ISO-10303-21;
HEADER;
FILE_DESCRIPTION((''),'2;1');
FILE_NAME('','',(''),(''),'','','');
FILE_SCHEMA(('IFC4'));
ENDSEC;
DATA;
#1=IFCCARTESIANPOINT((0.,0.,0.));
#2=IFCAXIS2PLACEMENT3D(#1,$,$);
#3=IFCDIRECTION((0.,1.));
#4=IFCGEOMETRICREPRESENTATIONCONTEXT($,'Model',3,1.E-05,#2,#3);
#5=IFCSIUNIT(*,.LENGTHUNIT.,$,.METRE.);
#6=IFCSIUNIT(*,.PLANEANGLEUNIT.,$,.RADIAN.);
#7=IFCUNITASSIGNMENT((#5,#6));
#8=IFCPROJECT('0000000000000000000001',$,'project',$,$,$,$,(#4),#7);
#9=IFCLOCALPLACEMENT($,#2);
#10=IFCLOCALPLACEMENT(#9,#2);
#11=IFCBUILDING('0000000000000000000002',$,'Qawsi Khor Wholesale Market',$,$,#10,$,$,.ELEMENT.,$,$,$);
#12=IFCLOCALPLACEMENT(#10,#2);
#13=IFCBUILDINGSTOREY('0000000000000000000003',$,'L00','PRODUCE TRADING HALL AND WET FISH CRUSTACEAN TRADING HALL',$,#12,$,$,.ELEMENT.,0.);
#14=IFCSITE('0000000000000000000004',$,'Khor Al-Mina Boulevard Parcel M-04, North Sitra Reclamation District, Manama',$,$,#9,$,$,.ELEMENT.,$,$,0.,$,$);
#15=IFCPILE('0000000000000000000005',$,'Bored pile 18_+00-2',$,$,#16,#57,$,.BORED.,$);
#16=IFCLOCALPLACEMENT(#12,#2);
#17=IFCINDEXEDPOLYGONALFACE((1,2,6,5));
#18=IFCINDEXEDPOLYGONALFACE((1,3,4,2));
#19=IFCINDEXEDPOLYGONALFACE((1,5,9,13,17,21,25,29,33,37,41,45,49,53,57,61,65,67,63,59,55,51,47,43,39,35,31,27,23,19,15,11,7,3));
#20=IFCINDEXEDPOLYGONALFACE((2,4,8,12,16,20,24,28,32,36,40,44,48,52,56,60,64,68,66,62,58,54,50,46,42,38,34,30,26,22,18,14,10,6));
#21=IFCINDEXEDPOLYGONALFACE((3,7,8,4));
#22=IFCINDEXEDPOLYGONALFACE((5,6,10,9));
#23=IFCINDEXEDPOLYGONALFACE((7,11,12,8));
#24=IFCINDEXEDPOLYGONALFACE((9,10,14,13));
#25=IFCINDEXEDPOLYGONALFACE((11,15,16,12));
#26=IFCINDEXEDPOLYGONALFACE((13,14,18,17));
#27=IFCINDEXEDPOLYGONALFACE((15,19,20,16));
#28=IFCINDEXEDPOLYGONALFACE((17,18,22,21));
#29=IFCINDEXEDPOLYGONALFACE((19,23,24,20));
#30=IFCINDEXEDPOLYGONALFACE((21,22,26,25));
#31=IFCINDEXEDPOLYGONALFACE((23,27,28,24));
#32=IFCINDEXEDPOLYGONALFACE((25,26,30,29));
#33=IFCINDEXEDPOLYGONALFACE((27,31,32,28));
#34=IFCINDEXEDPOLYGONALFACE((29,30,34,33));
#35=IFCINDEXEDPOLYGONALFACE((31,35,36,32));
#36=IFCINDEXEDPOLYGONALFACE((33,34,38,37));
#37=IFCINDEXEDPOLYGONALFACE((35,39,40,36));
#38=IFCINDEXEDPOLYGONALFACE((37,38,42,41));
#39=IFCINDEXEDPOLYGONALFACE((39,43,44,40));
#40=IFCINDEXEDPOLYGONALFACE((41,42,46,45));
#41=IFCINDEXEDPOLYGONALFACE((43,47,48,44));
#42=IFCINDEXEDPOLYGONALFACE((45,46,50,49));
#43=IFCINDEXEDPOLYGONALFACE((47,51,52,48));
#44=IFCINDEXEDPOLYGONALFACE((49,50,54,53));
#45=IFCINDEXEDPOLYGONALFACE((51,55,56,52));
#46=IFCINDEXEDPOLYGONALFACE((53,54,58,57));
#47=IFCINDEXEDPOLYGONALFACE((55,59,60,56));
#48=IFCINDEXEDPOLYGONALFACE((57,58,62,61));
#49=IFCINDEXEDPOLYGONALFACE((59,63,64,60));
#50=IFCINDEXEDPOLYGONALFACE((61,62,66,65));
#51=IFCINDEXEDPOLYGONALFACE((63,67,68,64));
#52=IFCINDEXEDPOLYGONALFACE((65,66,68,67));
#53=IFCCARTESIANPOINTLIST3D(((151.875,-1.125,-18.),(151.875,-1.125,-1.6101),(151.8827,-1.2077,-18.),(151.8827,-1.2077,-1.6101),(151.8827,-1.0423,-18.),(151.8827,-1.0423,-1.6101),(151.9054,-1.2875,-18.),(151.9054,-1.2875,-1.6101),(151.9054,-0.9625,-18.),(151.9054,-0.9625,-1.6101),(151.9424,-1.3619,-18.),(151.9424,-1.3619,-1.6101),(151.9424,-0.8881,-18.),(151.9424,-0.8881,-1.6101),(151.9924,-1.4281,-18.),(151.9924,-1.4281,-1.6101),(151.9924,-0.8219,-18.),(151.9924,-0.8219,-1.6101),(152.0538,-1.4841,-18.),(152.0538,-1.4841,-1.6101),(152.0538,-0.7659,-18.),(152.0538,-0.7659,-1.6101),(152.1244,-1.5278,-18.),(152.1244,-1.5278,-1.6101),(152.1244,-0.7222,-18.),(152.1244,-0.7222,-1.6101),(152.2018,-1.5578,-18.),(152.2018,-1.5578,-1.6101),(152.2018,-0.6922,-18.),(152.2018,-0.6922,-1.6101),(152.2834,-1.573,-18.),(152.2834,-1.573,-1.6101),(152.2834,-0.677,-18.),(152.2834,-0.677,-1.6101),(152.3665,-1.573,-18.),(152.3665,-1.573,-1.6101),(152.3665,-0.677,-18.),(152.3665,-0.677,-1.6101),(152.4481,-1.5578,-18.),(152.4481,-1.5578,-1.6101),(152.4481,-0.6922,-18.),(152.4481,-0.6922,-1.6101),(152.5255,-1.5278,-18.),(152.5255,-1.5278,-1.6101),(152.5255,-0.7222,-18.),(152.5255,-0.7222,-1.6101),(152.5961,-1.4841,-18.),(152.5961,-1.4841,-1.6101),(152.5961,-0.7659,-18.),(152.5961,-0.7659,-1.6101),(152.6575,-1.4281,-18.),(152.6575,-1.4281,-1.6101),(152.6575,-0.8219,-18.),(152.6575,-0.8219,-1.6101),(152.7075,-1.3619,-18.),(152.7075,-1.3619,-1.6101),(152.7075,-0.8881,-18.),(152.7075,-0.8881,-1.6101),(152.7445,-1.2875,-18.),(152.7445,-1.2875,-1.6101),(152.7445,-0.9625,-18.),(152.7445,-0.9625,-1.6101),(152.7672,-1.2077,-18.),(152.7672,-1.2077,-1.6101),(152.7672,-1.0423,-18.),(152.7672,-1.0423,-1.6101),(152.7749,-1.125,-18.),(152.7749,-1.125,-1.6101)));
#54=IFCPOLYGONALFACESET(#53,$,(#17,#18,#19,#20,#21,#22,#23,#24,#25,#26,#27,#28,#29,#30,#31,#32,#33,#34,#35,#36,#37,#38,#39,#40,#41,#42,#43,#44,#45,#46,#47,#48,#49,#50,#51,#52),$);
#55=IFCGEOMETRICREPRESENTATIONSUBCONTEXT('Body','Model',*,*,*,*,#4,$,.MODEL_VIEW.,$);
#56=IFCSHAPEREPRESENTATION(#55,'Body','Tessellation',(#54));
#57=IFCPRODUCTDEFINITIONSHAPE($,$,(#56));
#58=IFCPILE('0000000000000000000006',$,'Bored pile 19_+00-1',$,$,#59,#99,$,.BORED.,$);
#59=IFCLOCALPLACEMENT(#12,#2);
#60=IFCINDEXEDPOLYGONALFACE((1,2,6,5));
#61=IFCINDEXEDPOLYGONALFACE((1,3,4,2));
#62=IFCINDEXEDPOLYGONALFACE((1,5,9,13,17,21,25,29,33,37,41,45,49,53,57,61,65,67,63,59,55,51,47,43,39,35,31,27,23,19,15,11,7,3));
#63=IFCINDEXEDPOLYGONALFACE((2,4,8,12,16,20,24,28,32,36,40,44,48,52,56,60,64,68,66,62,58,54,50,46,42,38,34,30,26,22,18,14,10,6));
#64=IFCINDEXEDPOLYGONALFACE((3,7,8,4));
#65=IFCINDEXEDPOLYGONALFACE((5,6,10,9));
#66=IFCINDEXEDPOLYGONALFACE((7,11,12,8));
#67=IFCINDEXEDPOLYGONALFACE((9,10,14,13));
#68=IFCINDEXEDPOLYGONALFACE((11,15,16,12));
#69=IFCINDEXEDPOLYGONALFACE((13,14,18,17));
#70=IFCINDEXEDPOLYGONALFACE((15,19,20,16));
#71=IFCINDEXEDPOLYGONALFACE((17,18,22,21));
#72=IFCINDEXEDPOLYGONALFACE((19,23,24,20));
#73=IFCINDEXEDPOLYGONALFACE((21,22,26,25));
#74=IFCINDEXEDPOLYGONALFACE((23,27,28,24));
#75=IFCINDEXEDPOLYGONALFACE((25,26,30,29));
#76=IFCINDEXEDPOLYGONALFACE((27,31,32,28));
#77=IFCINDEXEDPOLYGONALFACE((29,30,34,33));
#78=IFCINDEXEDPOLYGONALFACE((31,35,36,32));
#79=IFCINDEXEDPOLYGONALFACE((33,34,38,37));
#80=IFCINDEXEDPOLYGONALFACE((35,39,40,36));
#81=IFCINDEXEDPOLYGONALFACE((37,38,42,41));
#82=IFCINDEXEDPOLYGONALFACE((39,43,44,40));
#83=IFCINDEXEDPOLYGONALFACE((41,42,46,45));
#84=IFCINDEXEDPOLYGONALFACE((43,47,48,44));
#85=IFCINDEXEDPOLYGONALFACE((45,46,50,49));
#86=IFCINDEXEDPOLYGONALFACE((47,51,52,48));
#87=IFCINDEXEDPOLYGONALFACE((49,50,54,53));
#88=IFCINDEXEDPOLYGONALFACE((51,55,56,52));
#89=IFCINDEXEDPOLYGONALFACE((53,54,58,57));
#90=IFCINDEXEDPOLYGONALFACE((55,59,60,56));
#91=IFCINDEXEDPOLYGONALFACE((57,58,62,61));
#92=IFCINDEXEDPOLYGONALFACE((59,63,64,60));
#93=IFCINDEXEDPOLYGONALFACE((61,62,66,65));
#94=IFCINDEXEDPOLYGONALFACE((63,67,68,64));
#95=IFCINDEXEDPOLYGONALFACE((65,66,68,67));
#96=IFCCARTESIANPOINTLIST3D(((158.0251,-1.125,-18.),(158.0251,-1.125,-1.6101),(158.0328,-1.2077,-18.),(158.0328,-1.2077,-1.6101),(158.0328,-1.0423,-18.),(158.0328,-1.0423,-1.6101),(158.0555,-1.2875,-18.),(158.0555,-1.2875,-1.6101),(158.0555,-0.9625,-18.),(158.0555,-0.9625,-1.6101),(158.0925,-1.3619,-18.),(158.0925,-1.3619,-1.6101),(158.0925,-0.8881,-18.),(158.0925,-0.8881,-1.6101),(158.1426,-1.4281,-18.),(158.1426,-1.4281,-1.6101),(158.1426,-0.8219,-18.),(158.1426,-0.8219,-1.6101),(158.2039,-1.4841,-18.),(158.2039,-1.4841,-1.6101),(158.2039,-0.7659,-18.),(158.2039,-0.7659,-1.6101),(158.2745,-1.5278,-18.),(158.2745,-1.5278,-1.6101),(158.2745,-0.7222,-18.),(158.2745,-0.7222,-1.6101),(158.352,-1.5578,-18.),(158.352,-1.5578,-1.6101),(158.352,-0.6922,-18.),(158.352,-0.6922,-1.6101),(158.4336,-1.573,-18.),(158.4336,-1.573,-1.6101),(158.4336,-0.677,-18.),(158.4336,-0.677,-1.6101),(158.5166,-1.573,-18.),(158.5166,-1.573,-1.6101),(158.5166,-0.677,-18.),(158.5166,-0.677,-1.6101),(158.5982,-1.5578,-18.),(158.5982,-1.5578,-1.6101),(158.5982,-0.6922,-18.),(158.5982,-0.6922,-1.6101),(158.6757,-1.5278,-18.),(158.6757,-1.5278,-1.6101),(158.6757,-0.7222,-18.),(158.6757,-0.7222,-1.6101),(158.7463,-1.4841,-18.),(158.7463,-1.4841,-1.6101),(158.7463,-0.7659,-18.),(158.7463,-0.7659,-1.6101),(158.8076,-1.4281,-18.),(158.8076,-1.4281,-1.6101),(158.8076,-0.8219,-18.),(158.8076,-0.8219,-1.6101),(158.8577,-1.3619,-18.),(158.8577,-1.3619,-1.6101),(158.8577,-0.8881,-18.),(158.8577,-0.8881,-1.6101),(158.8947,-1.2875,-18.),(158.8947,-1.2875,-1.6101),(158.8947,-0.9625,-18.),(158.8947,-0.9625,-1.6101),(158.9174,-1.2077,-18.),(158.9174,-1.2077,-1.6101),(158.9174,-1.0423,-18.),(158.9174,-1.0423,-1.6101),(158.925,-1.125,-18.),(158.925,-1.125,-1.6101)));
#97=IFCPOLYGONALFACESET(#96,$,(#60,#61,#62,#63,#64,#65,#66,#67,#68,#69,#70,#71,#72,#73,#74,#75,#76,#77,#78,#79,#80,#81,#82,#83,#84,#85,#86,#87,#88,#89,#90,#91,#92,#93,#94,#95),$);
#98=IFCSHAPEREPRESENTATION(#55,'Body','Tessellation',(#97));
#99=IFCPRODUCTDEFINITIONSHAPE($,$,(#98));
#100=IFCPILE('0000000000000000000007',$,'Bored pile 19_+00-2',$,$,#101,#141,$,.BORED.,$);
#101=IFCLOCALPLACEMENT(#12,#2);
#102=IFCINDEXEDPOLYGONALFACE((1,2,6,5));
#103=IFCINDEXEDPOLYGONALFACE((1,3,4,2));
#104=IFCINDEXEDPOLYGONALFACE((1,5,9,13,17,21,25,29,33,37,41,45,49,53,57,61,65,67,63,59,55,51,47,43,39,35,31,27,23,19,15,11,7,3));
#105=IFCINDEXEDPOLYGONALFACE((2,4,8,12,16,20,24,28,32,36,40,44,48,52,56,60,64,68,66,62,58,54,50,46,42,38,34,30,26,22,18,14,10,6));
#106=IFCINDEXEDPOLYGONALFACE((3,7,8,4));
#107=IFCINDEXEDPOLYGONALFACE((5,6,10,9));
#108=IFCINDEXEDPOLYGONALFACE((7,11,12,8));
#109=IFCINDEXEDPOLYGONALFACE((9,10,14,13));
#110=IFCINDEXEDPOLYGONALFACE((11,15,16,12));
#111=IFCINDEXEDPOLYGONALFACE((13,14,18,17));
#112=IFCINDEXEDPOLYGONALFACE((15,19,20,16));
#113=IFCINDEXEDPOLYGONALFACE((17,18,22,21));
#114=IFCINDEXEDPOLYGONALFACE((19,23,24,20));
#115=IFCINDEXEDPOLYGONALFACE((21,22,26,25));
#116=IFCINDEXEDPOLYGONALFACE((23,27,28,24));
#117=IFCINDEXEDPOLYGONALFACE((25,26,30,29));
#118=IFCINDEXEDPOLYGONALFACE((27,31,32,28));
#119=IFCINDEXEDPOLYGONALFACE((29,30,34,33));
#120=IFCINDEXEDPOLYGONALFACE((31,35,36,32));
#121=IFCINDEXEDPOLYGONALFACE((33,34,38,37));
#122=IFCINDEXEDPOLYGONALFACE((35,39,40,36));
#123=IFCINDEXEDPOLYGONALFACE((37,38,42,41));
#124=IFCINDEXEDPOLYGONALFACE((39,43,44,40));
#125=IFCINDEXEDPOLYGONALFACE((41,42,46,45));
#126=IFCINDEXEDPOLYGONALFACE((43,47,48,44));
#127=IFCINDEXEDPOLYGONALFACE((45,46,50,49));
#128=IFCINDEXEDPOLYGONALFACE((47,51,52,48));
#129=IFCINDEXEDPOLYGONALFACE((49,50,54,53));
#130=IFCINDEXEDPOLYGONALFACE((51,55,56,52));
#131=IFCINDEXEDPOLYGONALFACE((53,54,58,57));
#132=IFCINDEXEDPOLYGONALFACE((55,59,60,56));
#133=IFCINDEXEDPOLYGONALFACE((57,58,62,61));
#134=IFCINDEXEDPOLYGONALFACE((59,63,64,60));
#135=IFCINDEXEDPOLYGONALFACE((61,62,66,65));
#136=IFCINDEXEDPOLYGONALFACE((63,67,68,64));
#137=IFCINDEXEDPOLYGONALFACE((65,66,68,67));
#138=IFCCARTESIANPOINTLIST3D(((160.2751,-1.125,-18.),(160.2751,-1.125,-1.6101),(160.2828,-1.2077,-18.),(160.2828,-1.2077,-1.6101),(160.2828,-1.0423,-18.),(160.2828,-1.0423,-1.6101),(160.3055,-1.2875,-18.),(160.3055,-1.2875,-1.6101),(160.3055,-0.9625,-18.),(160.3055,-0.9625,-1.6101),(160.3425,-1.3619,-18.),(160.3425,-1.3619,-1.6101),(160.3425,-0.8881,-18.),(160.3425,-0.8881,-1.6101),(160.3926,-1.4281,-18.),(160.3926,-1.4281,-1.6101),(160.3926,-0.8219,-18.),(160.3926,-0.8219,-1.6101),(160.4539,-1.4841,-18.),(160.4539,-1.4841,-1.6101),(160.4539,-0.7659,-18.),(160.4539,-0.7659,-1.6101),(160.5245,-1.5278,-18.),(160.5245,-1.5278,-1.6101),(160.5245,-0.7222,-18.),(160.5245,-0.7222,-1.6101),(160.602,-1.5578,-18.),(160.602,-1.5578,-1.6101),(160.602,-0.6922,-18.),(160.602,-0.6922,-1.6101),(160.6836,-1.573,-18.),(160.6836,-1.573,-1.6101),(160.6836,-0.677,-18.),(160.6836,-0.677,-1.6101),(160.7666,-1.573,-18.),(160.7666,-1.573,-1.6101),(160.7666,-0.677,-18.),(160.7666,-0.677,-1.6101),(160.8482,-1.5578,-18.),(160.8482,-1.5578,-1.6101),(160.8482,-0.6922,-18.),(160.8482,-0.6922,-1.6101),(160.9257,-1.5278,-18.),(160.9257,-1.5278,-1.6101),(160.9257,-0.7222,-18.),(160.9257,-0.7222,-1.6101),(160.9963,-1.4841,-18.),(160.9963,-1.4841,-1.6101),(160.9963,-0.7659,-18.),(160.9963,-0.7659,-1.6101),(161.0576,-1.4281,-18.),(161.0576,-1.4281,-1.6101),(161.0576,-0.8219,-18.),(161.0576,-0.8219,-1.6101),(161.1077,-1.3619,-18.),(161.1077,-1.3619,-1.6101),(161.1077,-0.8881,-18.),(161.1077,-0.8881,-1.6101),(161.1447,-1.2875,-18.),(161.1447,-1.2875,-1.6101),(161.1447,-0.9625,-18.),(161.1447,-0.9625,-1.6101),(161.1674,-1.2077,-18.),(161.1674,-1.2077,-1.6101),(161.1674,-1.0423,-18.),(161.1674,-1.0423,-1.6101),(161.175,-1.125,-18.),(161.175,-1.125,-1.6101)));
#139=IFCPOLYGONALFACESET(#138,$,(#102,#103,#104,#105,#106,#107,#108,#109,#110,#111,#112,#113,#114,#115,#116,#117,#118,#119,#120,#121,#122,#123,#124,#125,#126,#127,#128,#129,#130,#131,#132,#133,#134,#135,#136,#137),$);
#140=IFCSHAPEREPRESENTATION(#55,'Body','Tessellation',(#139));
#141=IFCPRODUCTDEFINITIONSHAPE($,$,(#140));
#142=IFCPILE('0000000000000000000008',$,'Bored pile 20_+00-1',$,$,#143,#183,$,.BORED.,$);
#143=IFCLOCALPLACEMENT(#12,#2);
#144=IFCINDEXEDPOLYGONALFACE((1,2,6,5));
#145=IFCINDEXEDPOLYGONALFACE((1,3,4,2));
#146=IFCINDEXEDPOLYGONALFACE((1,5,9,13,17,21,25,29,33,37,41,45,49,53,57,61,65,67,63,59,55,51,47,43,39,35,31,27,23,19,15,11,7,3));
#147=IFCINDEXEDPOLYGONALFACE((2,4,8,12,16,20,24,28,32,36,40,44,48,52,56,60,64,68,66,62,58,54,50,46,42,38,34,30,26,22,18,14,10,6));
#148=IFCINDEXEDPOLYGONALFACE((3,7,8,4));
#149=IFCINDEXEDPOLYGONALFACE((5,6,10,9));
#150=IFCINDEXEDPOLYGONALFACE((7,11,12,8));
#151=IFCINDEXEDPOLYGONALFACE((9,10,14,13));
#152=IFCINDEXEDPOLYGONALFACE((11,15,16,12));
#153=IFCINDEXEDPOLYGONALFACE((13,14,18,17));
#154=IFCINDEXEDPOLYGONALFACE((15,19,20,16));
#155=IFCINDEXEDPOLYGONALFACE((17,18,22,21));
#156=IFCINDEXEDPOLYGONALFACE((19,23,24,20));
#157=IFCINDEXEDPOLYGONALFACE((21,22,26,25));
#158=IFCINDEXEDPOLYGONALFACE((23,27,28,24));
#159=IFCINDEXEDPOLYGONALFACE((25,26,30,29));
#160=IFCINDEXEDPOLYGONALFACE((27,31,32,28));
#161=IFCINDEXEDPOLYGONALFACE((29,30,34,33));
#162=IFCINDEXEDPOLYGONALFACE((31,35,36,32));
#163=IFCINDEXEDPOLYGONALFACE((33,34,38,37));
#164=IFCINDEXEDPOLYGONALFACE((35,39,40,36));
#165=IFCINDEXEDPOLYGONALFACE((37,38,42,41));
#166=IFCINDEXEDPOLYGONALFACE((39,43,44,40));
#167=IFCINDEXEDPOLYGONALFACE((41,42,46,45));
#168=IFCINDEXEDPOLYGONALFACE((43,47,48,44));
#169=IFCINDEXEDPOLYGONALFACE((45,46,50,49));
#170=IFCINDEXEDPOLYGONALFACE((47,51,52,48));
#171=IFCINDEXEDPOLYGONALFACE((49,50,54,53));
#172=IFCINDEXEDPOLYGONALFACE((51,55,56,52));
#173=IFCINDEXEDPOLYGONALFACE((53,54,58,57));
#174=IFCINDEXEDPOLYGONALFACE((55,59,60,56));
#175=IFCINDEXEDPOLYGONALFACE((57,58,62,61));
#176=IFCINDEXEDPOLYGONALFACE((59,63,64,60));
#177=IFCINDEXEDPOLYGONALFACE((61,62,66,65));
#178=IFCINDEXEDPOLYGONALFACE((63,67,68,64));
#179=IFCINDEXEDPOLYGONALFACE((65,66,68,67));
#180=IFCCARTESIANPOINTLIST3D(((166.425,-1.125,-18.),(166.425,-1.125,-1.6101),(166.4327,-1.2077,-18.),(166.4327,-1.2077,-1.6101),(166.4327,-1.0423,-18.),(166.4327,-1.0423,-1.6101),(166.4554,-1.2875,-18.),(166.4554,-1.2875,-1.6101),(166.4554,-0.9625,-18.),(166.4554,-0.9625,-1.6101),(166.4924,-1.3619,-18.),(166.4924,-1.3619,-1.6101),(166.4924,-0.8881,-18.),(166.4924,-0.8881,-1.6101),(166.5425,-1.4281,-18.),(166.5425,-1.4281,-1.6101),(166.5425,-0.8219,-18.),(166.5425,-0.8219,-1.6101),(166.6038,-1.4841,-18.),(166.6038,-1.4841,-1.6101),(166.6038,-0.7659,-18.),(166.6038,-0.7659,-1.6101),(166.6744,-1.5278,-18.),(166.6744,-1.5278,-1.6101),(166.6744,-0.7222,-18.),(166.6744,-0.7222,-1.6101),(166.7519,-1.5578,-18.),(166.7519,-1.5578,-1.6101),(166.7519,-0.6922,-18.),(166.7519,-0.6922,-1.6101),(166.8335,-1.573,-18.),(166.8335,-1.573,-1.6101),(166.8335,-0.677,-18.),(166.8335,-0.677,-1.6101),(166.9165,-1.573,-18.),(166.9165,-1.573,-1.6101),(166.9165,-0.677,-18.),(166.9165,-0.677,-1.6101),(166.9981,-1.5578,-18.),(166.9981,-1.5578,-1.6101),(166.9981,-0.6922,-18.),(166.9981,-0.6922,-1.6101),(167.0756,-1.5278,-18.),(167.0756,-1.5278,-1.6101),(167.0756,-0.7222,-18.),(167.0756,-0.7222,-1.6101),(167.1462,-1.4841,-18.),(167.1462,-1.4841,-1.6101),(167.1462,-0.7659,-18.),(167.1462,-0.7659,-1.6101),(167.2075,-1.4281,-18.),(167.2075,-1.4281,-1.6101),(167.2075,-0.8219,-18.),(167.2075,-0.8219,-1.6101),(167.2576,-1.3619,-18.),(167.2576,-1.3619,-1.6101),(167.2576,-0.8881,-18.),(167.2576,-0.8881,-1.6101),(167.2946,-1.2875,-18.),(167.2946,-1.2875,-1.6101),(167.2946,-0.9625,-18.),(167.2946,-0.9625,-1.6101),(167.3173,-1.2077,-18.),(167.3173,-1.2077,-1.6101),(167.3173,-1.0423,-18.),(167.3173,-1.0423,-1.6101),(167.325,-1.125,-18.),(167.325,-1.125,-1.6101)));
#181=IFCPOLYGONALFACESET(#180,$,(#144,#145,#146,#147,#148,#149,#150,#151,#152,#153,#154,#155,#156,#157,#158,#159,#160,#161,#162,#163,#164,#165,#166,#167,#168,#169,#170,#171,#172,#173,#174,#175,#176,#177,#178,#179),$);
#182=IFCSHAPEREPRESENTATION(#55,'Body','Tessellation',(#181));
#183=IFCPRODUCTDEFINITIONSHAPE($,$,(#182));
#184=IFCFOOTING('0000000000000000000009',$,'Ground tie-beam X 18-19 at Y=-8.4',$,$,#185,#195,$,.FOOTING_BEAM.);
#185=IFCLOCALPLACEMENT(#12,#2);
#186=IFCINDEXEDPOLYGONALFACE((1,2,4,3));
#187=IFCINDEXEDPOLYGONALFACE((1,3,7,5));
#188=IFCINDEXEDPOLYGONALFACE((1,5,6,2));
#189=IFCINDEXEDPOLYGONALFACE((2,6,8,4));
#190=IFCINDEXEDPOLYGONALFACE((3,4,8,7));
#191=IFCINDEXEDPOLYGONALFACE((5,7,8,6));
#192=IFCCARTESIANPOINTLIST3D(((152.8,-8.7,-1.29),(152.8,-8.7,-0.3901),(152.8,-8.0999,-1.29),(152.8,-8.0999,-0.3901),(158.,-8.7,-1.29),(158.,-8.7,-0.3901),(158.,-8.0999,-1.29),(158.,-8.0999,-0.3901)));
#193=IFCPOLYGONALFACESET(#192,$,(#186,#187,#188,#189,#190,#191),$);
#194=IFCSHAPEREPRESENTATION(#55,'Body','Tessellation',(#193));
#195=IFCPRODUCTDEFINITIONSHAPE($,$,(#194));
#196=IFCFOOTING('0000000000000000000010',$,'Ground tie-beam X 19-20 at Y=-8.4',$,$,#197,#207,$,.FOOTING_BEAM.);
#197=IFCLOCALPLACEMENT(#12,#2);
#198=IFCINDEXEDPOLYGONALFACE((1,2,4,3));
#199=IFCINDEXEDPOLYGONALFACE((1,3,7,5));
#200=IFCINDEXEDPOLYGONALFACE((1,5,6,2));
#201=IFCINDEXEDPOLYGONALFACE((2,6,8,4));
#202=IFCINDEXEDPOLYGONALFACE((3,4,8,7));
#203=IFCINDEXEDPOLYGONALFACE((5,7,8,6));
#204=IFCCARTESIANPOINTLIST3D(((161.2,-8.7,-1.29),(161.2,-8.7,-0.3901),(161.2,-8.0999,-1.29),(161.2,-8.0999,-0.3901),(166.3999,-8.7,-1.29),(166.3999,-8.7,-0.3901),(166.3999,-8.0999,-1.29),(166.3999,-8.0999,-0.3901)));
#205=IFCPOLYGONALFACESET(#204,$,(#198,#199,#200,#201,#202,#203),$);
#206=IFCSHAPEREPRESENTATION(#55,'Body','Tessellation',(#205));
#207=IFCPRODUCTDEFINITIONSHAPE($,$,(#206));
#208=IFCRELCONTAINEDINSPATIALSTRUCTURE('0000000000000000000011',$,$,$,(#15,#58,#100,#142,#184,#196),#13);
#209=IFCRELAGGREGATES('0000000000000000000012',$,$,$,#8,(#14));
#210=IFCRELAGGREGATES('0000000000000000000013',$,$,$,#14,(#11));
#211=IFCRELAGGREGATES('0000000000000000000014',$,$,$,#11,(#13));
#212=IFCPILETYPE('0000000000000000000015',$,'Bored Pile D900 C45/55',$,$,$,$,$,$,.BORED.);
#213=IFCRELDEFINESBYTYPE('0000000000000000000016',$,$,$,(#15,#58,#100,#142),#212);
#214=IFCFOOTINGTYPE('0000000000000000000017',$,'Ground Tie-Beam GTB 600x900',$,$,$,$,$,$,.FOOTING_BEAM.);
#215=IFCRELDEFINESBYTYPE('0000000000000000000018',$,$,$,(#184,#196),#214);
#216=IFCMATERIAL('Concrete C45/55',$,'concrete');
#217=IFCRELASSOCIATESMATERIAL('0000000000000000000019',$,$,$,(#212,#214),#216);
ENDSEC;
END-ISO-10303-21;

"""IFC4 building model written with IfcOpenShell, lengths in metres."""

from ifc_helpers import new_model, si_unit, direction, frame, origin, origin_2d, place, context, subcontext, project, spatial, rectangle, circle, extrude, material, material_profile, profile_set, type_object, element, save


model = new_model("IFC4")

# Units and contexts
model_context = context("Model", 3, precision=1e-05, world=origin(), true_north=direction((0.0, 1.0)))
body_context = subcontext(model_context, "Body", "Model", "MODEL_VIEW")
ifc_project = project(units=[si_unit("LENGTHUNIT", "METRE"), si_unit("PLANEANGLEUNIT", "RADIAN")], contexts=[model_context])

# Site, building, storey
site_placement = place(None, origin())
site = spatial("IfcSite", under=ifc_project, at=site_placement, Name="Khor Al-Mina Boulevard Parcel M-04, North Sitra Reclamation District, Manama", CompositionType="ELEMENT", RefElevation=0.0)
building_placement = place(site_placement, origin())
building = spatial("IfcBuilding", under=site, at=building_placement, Name="Qawsi Khor Wholesale Market", CompositionType="ELEMENT")
storey_placement = place(building_placement, origin())
storey = spatial("IfcBuildingStorey", under=building, at=storey_placement, Name="L00", Description="PRODUCE TRADING HALL AND WET FISH CRUSTACEAN TRADING HALL", CompositionType="ELEMENT", Elevation=0.0)

# Piles
ifc_material_1 = material(Name="Concrete C45/55", Category="concrete")
ifc_material_profile_1 = material_profile(ifc_material_1, circle(Radius=0.45, at=origin_2d()), Name="PILE D900")
ifc_profile_set_1 = profile_set([ifc_material_profile_1], Name="Concrete C45/55")
pile_type_1 = type_object("IfcPileType", Name="Bored Pile D900 C45/55", PredefinedType="BORED", material=ifc_profile_set_1)
for number, where, z_axis, x_axis, name in (
    (1, (152.325, -1.125, -1.6101), (0.0, 0.0, -1.0), (1.0, 0.0, 0.0), "Bored pile 18_+00-2"),
    (2, (158.4751, -1.125, -1.6101), (0.0, 0.0, -1.0), (1.0, 0.0, 0.0), "Bored pile 19_+00-1"),
    (3, (160.7251, -1.125, -1.6101), (0.0, 0.0, -1.0), (1.0, 0.0, 0.0), "Bored pile 19_+00-2"),
    (4, (166.875, -1.125, -1.6101), (0.0, 0.0, -1.0), (1.0, 0.0, 0.0), "Bored pile 20_+00-1"),
):
    element("IfcPile", number, at=place(storey_placement, frame(where, z_axis=z_axis, x_axis=x_axis)), inside=storey, type_object=pile_type_1, Name=name, PredefinedType="BORED", context=body_context, shape_type="SweptSolid", body=[
        extrude(circle(Radius=0.45, at=origin_2d()), origin(), (0.0, 0.0, 1.0), 16.3899),
    ])

# Footings
ifc_material_profile_2 = material_profile(ifc_material_1, rectangle(XDim=0.6001, YDim=0.8999, at=origin_2d()), Name="RC 600x900")
ifc_profile_set_2 = profile_set([ifc_material_profile_2], Name="Concrete C45/55")
footing_type_1 = type_object("IfcFootingType", Name="Ground Tie-Beam GTB 600x900", PredefinedType="FOOTING_BEAM", material=ifc_profile_set_2)
for number, where, z_axis, x_axis, name in (
    (5, (152.8, -8.3999, -0.8401), (1.0, 0.0, 0.0), (0.0, 1.0, 0.0), "Ground tie-beam X 18-19 at Y=-8.4"),
    (6, (161.2, -8.3999, -0.8401), (1.0, 0.0, 0.0), (0.0, 1.0, 0.0), "Ground tie-beam X 19-20 at Y=-8.4"),
):
    element("IfcFooting", number, at=place(storey_placement, frame(where, z_axis=z_axis, x_axis=x_axis)), inside=storey, type_object=footing_type_1, Name=name, PredefinedType="FOOTING_BEAM", context=body_context, shape_type="SweptSolid", body=[
        extrude(rectangle(XDim=0.6001, YDim=0.8999, at=origin_2d()), origin(), (0.0, 0.0, 1.0), 5.2),
    ])

save(model, "model.ifc")
